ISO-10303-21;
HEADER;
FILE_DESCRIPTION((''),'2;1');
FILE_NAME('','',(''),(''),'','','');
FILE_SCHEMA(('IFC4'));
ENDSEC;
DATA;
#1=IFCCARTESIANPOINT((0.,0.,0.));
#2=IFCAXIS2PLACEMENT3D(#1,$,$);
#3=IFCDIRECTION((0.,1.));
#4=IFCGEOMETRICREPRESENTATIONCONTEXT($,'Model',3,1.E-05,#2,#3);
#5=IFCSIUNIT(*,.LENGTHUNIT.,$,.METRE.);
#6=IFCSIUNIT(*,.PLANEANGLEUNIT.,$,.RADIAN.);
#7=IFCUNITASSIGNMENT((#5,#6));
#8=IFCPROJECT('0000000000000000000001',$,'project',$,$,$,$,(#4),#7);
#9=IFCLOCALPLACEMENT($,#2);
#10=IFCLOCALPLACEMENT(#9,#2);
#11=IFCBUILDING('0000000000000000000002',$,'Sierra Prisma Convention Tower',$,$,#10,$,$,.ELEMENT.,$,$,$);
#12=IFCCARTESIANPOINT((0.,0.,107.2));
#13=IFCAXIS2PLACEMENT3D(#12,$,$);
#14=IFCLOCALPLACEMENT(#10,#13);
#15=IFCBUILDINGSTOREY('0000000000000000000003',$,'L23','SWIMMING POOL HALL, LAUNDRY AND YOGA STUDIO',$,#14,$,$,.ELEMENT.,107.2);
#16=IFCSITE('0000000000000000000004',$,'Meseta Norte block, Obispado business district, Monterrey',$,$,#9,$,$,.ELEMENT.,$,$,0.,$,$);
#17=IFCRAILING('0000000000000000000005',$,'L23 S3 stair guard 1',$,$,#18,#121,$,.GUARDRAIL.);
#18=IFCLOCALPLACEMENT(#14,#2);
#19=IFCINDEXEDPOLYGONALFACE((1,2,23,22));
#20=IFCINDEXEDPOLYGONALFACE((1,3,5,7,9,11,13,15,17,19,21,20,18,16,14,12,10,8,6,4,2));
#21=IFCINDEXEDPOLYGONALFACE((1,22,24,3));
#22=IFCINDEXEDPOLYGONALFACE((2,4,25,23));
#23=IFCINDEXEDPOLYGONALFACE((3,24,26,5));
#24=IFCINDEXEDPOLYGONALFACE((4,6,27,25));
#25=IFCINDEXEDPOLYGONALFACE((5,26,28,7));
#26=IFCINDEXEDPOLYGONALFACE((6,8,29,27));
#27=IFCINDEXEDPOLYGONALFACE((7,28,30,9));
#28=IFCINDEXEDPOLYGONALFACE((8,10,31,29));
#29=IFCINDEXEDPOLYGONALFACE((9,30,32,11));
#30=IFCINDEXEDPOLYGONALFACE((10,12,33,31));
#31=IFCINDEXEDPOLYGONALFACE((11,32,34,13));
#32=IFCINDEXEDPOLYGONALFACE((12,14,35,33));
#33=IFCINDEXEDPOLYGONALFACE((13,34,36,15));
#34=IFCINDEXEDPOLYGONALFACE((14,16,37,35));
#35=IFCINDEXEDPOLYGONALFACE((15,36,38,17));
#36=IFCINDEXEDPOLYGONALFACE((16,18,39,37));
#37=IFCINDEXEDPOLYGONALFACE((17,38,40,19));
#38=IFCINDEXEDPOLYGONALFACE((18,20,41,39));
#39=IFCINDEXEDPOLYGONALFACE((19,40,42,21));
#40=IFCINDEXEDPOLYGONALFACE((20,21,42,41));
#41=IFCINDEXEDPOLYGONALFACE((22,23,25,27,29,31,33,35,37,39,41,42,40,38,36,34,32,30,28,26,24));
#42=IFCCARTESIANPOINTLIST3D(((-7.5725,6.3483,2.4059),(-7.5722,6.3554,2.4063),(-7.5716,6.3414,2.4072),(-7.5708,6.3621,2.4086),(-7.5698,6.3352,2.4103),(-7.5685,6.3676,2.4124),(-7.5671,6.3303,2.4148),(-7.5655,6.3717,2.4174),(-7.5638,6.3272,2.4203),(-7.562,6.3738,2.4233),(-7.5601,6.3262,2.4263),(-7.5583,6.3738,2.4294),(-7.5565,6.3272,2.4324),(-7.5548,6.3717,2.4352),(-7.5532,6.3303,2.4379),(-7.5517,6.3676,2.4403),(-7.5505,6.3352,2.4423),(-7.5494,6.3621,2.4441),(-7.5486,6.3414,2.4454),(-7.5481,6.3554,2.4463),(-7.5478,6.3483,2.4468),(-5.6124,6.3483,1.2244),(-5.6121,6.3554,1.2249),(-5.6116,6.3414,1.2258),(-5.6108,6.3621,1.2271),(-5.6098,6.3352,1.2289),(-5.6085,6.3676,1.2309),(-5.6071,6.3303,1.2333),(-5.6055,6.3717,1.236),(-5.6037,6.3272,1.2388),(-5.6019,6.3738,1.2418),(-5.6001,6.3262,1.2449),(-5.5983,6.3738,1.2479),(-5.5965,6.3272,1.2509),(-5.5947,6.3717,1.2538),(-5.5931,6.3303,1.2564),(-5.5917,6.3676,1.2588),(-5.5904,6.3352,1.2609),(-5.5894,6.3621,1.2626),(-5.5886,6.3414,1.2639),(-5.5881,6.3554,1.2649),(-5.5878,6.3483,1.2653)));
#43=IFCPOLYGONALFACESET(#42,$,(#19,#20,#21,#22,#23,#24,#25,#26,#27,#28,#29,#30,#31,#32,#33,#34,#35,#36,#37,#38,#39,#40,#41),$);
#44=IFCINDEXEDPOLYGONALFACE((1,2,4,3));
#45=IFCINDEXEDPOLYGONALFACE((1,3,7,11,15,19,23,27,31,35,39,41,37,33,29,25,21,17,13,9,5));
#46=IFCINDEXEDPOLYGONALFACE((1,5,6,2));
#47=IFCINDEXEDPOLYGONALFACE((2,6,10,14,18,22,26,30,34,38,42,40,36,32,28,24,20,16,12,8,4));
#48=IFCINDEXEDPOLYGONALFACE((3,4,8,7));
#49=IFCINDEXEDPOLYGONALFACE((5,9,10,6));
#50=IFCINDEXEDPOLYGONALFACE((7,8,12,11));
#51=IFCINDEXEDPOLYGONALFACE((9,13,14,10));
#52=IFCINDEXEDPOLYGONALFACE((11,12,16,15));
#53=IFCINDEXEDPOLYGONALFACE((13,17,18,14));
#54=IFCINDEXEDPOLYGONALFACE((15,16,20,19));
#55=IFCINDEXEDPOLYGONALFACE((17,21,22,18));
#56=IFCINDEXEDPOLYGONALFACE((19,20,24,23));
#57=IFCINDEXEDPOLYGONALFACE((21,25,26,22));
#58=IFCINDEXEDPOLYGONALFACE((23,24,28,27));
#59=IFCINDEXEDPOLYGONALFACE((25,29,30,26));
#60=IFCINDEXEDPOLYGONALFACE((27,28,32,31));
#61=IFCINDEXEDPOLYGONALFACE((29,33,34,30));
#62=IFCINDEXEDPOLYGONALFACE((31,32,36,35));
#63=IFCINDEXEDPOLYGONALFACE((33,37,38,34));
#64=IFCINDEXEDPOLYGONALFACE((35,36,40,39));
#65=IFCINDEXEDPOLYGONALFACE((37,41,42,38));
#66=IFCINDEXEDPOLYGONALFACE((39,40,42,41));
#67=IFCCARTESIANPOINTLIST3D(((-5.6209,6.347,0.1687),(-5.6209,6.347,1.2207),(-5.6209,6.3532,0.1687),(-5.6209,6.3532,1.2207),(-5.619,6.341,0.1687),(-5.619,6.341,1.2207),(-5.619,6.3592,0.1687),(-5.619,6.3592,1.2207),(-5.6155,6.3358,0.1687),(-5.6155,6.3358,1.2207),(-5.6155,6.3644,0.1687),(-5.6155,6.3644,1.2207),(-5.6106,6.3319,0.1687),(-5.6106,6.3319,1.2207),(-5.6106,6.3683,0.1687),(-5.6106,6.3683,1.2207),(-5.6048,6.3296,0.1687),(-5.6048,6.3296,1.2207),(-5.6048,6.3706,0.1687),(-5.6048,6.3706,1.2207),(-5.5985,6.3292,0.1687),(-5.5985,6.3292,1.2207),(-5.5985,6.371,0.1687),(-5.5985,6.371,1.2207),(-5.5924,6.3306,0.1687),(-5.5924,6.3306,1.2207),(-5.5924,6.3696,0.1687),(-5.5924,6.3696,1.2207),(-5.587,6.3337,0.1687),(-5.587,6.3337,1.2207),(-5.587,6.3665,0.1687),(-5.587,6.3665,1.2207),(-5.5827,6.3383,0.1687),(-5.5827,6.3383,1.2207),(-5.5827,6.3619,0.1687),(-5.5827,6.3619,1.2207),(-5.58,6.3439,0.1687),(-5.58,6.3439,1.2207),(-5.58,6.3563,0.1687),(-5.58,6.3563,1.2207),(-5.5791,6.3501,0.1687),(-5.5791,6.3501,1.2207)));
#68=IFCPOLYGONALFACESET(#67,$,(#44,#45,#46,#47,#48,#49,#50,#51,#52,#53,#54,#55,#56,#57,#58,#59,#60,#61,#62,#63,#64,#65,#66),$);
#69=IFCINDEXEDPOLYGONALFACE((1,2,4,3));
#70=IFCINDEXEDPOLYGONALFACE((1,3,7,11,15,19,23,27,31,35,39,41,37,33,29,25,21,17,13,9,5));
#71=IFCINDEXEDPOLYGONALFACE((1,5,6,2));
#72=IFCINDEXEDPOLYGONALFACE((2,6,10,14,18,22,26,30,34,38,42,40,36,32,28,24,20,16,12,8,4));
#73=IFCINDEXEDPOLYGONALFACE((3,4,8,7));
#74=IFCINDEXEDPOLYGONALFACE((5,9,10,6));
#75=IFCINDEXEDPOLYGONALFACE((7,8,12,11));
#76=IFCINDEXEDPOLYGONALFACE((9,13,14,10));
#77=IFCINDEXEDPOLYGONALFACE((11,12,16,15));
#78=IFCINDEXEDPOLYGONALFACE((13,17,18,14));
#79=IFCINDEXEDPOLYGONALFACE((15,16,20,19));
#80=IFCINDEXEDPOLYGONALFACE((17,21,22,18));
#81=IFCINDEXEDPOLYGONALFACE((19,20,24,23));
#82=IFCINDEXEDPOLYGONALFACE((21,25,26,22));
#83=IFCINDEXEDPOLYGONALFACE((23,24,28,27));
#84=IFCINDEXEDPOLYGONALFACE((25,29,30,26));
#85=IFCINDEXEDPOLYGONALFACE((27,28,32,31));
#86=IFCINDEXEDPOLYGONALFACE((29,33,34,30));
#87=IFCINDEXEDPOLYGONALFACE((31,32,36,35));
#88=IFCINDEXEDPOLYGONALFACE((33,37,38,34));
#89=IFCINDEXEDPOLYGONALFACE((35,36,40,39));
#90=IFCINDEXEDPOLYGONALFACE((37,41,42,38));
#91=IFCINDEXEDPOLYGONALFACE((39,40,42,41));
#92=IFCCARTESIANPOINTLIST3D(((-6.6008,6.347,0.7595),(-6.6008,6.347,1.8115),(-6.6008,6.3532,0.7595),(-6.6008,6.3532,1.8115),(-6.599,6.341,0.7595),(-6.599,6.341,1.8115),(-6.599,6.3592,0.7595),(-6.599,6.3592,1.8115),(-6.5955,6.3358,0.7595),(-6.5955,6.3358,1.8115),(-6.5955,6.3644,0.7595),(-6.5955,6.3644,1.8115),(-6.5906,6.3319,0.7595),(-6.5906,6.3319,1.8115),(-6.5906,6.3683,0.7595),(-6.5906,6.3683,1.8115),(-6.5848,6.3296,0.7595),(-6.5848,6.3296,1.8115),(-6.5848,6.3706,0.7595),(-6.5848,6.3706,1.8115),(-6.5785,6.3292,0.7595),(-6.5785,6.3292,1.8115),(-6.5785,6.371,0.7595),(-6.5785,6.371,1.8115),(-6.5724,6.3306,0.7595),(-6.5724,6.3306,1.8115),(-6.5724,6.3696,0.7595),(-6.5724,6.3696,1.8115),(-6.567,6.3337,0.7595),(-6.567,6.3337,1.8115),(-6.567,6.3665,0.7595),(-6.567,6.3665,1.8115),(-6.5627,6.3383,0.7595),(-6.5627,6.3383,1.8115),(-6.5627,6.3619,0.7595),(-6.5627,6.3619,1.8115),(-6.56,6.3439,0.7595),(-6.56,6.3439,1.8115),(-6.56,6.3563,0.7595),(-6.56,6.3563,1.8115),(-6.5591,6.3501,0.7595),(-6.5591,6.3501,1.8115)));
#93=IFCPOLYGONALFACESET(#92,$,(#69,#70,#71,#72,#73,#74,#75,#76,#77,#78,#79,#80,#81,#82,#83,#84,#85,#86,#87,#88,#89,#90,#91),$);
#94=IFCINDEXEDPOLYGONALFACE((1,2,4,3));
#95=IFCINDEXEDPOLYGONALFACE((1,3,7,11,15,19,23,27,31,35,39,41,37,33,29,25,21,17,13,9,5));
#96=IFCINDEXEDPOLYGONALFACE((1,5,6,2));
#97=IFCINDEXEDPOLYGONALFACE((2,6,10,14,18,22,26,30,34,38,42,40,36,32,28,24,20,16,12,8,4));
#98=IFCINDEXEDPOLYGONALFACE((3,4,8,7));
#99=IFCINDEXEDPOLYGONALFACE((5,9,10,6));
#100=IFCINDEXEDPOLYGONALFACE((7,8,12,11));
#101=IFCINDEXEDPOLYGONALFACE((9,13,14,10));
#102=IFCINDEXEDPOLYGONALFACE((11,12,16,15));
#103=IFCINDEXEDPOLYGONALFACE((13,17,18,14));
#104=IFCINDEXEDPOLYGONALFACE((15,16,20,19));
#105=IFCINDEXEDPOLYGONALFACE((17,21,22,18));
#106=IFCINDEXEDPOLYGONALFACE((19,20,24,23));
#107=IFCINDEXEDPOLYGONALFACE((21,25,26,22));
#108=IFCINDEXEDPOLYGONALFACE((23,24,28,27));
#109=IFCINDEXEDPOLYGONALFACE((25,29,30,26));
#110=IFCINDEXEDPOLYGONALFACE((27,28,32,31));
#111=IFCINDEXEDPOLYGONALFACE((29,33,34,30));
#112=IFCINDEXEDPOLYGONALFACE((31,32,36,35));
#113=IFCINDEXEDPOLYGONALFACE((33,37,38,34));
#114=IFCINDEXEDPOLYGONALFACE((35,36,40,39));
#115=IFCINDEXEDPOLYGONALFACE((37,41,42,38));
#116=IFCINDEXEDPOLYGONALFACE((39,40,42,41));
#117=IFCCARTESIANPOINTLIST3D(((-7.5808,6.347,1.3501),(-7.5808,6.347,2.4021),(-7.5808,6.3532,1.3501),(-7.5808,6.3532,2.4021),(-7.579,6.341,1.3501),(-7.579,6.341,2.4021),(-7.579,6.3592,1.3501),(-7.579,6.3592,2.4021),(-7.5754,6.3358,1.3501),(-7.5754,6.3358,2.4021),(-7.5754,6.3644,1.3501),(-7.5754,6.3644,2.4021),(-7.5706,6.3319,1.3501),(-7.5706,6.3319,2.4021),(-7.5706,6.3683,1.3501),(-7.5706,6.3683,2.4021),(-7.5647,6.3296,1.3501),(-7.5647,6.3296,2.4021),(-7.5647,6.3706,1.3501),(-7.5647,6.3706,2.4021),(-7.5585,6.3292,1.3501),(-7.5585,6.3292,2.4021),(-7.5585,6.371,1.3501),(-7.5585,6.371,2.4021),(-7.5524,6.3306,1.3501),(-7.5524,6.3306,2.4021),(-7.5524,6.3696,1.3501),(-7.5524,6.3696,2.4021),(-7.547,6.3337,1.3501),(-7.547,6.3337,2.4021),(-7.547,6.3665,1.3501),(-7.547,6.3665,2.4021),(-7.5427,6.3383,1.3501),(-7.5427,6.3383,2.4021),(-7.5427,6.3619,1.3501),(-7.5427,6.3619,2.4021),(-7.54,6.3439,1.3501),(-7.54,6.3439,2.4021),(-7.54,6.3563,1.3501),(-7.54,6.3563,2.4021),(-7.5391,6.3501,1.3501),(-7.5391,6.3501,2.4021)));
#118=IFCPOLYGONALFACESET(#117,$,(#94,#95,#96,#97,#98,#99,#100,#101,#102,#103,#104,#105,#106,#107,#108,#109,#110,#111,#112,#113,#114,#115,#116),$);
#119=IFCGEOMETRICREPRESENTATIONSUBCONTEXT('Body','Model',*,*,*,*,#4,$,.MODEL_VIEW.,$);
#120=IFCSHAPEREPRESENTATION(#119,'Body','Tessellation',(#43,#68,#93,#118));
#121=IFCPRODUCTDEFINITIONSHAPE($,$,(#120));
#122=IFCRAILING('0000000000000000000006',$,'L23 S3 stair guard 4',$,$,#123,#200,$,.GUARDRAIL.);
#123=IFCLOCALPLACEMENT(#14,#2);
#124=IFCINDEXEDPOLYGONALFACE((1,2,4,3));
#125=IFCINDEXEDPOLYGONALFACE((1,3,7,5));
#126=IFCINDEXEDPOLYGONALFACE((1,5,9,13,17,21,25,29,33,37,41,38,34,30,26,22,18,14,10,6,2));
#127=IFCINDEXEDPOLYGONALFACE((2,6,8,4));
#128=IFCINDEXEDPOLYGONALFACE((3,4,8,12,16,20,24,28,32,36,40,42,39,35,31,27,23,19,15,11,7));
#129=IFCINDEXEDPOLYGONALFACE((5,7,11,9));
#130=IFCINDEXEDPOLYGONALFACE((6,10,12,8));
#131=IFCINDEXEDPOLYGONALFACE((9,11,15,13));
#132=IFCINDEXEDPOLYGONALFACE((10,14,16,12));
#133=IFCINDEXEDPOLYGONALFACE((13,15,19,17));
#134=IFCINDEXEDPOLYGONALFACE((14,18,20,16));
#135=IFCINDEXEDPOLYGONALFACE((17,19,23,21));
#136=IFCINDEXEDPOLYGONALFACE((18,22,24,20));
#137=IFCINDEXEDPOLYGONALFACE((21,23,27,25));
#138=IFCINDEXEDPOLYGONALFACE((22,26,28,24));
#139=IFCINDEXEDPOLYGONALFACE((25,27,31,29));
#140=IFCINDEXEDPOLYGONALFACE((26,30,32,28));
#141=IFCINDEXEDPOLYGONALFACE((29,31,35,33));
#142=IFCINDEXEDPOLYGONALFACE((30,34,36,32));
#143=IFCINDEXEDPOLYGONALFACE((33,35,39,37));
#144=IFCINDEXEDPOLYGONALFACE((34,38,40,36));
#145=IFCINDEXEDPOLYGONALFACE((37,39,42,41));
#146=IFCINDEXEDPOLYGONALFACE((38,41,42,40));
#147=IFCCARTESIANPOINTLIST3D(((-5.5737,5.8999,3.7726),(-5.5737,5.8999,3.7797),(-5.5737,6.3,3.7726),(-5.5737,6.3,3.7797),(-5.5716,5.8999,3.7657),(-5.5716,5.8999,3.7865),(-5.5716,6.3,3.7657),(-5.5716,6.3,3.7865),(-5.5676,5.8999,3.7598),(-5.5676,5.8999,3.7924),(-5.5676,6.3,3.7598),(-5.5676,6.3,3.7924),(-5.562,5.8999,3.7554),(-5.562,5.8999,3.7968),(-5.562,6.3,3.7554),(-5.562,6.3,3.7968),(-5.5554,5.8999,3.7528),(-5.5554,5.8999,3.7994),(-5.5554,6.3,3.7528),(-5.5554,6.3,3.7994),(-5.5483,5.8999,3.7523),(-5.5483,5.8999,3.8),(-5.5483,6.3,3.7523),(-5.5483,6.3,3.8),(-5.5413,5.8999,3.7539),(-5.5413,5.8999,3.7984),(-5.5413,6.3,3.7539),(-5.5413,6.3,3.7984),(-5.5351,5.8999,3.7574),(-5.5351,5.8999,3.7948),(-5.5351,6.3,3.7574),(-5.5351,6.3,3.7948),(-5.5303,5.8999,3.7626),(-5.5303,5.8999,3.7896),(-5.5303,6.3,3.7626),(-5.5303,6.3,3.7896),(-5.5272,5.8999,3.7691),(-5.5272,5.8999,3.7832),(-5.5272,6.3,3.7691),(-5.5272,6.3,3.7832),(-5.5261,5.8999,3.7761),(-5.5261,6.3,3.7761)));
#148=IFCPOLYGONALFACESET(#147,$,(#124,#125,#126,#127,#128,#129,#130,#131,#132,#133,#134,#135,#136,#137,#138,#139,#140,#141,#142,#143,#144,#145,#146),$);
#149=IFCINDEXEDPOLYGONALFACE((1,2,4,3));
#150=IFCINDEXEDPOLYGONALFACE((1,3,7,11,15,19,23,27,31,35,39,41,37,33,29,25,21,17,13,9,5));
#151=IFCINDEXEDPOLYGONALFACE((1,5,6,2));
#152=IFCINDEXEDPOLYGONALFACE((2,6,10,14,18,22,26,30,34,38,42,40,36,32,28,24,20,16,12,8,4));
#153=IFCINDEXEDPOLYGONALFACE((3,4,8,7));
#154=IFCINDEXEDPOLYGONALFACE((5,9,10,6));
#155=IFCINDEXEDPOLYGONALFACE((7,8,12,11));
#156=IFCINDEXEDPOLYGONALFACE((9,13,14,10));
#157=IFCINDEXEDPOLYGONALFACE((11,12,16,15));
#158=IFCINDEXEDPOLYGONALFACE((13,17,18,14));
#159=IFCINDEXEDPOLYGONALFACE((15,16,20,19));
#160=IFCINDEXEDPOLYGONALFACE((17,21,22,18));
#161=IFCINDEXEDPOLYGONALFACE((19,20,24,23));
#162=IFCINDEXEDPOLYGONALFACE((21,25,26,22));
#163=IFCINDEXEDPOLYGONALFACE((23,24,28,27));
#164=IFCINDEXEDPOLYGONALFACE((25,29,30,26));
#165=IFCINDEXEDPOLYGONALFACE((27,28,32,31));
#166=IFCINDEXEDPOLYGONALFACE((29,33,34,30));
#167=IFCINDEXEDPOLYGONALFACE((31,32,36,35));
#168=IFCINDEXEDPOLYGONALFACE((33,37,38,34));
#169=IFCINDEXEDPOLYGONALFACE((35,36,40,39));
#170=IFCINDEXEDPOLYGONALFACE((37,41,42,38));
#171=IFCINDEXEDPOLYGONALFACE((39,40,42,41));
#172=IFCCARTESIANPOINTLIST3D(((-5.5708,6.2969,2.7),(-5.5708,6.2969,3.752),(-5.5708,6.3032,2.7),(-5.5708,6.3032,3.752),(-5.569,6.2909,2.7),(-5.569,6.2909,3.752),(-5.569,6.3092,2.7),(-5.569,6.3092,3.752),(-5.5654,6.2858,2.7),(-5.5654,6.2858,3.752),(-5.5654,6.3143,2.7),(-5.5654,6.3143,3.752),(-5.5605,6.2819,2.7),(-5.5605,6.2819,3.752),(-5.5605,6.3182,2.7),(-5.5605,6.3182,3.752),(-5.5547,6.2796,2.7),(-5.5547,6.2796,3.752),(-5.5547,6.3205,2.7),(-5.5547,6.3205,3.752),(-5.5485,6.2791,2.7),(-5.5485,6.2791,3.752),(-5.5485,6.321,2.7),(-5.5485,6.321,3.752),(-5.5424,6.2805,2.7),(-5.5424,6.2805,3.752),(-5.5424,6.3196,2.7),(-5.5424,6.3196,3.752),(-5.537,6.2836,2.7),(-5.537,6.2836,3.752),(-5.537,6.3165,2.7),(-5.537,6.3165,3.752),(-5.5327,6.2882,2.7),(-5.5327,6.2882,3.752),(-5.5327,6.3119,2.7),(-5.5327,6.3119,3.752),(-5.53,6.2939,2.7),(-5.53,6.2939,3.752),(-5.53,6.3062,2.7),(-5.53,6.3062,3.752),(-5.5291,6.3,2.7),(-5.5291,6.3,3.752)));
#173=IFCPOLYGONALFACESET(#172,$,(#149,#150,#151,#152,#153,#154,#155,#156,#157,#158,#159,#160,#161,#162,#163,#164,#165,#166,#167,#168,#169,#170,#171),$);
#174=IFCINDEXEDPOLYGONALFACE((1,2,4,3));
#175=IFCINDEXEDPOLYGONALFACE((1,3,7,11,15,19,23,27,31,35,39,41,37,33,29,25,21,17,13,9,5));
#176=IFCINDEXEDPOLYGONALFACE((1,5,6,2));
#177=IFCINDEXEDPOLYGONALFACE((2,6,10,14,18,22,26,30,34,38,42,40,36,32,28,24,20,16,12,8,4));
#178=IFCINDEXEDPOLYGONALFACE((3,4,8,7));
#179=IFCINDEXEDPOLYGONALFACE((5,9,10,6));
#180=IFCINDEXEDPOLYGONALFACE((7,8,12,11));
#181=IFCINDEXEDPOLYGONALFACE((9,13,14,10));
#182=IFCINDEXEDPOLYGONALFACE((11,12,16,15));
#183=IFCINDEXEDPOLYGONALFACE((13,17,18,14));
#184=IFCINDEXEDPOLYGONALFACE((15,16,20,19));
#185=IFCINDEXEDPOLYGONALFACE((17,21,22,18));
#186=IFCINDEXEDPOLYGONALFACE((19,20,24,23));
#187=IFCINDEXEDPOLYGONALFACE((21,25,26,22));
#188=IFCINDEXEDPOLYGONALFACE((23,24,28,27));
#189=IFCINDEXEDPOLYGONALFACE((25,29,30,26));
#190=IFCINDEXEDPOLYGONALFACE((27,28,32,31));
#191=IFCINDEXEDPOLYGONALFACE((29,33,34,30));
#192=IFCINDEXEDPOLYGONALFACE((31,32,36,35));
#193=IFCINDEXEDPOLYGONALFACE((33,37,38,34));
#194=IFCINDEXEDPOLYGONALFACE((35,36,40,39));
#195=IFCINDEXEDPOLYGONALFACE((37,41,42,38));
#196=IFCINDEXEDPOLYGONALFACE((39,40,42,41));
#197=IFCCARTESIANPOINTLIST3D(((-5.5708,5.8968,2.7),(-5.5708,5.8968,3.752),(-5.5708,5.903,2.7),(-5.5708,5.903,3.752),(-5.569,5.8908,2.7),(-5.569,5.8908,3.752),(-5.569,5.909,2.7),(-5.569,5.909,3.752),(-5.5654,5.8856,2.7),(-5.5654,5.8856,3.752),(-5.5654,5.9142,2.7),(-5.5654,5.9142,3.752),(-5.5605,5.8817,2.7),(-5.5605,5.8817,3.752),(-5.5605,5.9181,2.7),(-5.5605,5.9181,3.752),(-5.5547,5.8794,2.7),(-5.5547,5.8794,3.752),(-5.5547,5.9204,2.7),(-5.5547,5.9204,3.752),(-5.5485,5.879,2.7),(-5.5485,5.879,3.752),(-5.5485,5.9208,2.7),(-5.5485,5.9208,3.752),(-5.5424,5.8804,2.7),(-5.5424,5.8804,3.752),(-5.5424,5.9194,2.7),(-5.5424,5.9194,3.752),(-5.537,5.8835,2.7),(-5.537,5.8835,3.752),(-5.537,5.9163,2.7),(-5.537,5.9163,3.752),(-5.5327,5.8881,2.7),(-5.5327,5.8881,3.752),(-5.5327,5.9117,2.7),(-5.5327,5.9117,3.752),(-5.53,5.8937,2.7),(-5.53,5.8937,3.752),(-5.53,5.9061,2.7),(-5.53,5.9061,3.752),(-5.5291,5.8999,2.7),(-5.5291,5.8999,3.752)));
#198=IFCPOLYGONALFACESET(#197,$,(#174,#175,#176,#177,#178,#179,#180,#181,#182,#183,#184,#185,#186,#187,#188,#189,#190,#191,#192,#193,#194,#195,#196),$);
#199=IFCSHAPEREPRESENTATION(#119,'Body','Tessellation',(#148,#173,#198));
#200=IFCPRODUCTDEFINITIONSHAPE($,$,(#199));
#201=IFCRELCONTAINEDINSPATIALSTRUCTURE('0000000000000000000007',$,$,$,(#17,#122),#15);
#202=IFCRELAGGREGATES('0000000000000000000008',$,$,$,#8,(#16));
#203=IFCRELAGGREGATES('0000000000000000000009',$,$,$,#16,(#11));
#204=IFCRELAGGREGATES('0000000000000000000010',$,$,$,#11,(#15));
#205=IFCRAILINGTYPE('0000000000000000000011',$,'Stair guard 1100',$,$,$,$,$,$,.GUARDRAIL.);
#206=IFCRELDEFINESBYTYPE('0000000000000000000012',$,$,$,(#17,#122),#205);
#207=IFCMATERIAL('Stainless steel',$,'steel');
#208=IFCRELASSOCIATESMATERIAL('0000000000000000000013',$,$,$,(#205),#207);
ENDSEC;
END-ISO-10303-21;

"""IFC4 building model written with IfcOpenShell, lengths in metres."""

from ifc_helpers import new_model, si_unit, direction, frame, origin, origin_2d, place, context, subcontext, project, spatial, circle, extrude, material, type_object, element, save


model = new_model("IFC4")

# Units and contexts
model_context = context("Model", 3, precision=1e-05, world=origin(), true_north=direction((0.0, 1.0)))
body_context = subcontext(model_context, "Body", "Model", "MODEL_VIEW")
ifc_project = project(units=[si_unit("LENGTHUNIT", "METRE"), si_unit("PLANEANGLEUNIT", "RADIAN")], contexts=[model_context])

# Site, building, storey
site_placement = place(None, origin())
site = spatial("IfcSite", under=ifc_project, at=site_placement, Name="Meseta Norte block, Obispado business district, Monterrey", CompositionType="ELEMENT", RefElevation=0.0)
building_placement = place(site_placement, origin())
building = spatial("IfcBuilding", under=site, at=building_placement, Name="Sierra Prisma Convention Tower", CompositionType="ELEMENT")
storey_placement = place(building_placement, frame((0.0, 0.0, 107.2)))
storey = spatial("IfcBuildingStorey", under=building, at=storey_placement, Name="L23", Description="SWIMMING POOL HALL, LAUNDRY AND YOGA STUDIO", CompositionType="ELEMENT", Elevation=107.2)

# Railings
ifc_material_1 = material(Name="Stainless steel", Category="steel")
railing_type = type_object("IfcRailingType", Name="Stair guard 1100", PredefinedType="GUARDRAIL", material=ifc_material_1)
railing_1_placement = place(storey_placement, frame((-5.6001, 6.3501, 0.1687)))
element("IfcRailing", 1, at=railing_1_placement, inside=storey, type_object=railing_type, Name="L23 S3 stair guard 1", PredefinedType="GUARDRAIL", context=body_context, shape_type="SweptSolid", body=[
    extrude(circle(Radius=0.0239, at=origin_2d()), frame((0.0, 0.0, 1.0762), z_axis=(-0.856446, 0.0, 0.516236), x_axis=(0.0, -1.0, 0.0)), (0.0, 0.0, 1.0), 2.2886),
    extrude(circle(Radius=0.021, at=origin_2d()), origin(), (0.0, 0.0, 1.0), 1.052),
    extrude(circle(Radius=0.021, at=origin_2d()), frame((-0.98, 0.0, 0.5908)), (0.0, 0.0, 1.0), 1.052),
    extrude(circle(Radius=0.021, at=origin_2d()), frame((-1.96, 0.0, 1.1814)), (0.0, 0.0, 1.0), 1.052),
])
railing_2_placement = place(storey_placement, frame((-5.55, 6.3, 2.7)))
element("IfcRailing", 2, at=railing_2_placement, inside=storey, type_object=railing_type, Name="L23 S3 stair guard 4", PredefinedType="GUARDRAIL", context=body_context, shape_type="SweptSolid", body=[
    extrude(circle(Radius=0.0239, at=origin_2d()), frame((0.0, 0.0, 1.0762), z_axis=(0.0, -1.0, 0.0), x_axis=(1.0, 0.0, 0.0)), (0.0, 0.0, 1.0), 0.4001),
    extrude(circle(Radius=0.021, at=origin_2d()), origin(), (0.0, 0.0, 1.0), 1.052),
    extrude(circle(Radius=0.021, at=origin_2d()), frame((0.0, -0.4001, 0.0)), (0.0, 0.0, 1.0), 1.052),
])

save(model, "model.ifc")
